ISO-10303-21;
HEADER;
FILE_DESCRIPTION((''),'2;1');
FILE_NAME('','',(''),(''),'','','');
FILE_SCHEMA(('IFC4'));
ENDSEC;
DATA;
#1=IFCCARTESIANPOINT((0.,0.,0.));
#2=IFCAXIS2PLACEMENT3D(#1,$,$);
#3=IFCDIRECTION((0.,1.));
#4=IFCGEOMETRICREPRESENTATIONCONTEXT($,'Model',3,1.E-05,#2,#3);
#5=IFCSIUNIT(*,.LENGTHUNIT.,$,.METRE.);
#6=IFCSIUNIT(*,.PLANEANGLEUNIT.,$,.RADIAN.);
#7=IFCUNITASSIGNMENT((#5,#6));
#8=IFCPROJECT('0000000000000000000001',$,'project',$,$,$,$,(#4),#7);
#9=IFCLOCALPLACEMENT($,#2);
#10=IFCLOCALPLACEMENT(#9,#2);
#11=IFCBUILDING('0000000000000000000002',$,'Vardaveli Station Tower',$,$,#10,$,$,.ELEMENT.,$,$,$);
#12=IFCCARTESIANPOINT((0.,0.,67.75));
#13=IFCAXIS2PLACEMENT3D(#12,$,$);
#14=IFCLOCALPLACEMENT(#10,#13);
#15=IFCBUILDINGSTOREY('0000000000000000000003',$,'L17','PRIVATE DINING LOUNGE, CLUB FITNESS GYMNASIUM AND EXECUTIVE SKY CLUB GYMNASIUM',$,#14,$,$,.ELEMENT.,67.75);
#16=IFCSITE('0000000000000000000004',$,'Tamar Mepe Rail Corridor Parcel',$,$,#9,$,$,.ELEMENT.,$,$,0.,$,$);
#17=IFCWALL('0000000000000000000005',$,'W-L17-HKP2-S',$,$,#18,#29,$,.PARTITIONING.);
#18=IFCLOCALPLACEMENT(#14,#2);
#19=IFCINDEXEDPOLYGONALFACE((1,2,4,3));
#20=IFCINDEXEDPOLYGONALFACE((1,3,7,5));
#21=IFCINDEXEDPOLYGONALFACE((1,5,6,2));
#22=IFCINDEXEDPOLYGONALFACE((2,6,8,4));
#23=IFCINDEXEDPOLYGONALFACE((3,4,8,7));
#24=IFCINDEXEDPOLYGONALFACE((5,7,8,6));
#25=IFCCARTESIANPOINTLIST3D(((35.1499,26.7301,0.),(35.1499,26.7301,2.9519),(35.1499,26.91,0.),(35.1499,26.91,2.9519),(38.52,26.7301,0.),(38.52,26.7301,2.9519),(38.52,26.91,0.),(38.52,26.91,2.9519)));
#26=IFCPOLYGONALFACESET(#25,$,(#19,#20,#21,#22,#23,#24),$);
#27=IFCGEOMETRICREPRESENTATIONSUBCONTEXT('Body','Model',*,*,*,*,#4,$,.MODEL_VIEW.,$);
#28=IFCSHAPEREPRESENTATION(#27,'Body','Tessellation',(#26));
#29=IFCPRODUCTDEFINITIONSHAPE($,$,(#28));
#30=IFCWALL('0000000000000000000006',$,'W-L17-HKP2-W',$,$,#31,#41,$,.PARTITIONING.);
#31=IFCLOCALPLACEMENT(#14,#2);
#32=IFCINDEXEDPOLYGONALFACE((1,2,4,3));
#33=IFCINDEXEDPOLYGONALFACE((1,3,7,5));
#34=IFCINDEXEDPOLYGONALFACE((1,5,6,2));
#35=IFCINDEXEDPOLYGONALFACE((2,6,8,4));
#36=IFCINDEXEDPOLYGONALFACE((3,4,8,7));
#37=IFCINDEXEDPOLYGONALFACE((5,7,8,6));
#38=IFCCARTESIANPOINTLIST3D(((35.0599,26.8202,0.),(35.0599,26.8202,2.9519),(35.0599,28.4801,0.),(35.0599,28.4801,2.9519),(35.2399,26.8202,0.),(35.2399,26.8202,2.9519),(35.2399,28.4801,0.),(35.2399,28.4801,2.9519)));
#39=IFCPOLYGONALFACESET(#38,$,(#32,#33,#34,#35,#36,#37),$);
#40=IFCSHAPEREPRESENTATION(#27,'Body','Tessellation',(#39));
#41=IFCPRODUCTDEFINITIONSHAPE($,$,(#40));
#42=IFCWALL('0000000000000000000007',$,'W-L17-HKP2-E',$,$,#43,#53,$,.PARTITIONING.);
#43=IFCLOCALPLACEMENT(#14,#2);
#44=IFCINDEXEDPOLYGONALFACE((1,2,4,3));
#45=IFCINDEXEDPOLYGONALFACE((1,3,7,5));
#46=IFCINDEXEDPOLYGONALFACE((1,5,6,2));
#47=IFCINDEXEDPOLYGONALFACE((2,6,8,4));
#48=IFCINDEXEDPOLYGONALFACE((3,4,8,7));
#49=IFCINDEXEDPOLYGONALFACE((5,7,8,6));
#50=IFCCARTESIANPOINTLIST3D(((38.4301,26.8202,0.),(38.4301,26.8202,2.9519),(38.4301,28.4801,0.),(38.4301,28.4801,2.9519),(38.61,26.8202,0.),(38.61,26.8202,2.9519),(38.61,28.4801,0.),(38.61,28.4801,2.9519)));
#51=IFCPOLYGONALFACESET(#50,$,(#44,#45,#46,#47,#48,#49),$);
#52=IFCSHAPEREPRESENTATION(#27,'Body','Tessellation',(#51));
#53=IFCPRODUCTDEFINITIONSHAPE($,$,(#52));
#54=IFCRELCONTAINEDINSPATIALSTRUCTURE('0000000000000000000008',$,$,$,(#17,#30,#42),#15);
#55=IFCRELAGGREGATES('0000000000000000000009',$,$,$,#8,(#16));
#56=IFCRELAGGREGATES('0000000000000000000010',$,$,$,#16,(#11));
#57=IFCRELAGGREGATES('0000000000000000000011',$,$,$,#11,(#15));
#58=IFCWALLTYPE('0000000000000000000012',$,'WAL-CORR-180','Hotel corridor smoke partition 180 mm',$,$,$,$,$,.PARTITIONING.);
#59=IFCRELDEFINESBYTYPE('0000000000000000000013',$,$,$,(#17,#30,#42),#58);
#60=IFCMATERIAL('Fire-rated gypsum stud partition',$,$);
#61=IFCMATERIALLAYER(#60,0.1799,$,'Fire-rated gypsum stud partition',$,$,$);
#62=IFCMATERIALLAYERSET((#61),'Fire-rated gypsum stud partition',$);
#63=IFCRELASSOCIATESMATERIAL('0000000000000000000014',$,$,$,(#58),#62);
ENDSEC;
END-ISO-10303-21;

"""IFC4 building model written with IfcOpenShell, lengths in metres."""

from ifc_helpers import new_model, si_unit, direction, frame, frame_2d, origin, place, context, subcontext, project, spatial, rectangle, extrude, source, transform, mapped, material, layer, layer_set, type_object, element, save


model = new_model("IFC4")

# Units and contexts
model_context = context("Model", 3, precision=1e-05, world=origin(), true_north=direction((0.0, 1.0)))
body_context = subcontext(model_context, "Body", "Model", "MODEL_VIEW")
ifc_project = project(units=[si_unit("LENGTHUNIT", "METRE"), si_unit("PLANEANGLEUNIT", "RADIAN")], contexts=[model_context])

# Site, building, storey
site_placement = place(None, origin())
site = spatial("IfcSite", under=ifc_project, at=site_placement, Name="Tamar Mepe Rail Corridor Parcel", CompositionType="ELEMENT", RefElevation=0.0)
building_placement = place(site_placement, origin())
building = spatial("IfcBuilding", under=site, at=building_placement, Name="Vardaveli Station Tower", CompositionType="ELEMENT")
storey_placement = place(building_placement, frame((0.0, 0.0, 67.75)))
storey = spatial("IfcBuildingStorey", under=building, at=storey_placement, Name="L17", Description="PRIVATE DINING LOUNGE, CLUB FITNESS GYMNASIUM AND EXECUTIVE SKY CLUB GYMNASIUM", CompositionType="ELEMENT", Elevation=67.75)

# Walls
ifc_material_1 = material(Name="Fire-rated gypsum stud partition")
ifc_layer_1 = layer(ifc_material_1, 0.1799, Name="Fire-rated gypsum stud partition")
ifc_layer_set_1 = layer_set([ifc_layer_1], Name="Fire-rated gypsum stud partition")
wall_type_1 = type_object("IfcWallType", Name="WAL-CORR-180", Description="Hotel corridor smoke partition 180 mm", PredefinedType="PARTITIONING", material=ifc_layer_set_1)
shared_shape_1 = source(origin(), body_context, "Body", "SweptSolid", [
    extrude(rectangle(XDim=3.3701, YDim=0.1799, at=frame_2d((1.6851, 0.0))), origin(), (0.0, 0.0, 1.0), 2.9519),
])
wall_1_placement = place(storey_placement, frame((35.1499, 26.8201, 0.0), z_axis=(0.0, 0.0, 1.0), x_axis=(1.0, 0.0, 0.0)))
element("IfcWall", 1, at=wall_1_placement, inside=storey, type_object=wall_type_1, Name="W-L17-HKP2-S", PredefinedType="PARTITIONING", context=body_context, shape_type="MappedRepresentation", body=[
    mapped(shared_shape_1, transform((0.0, 0.0, 0.0), scale=1.0)),
])
shared_shape_2 = source(origin(), body_context, "Body", "SweptSolid", [
    extrude(rectangle(XDim=1.6599, YDim=0.1799, at=frame_2d((0.8301, 0.0))), origin(), (0.0, 0.0, 1.0), 2.9519),
])
for number, where, z_axis, x_axis, name in (
    (2, (35.1499, 26.8201, 0.0), (0.0, 0.0, 1.0), (0.0, 1.0, 0.0), "W-L17-HKP2-W"),
    (3, (38.52, 26.8201, 0.0), (0.0, 0.0, 1.0), (0.0, 1.0, 0.0), "W-L17-HKP2-E"),
):
    element("IfcWall", number, at=place(storey_placement, frame(where, z_axis=z_axis, x_axis=x_axis)), inside=storey, type_object=wall_type_1, Name=name, PredefinedType="PARTITIONING", context=body_context, shape_type="MappedRepresentation", body=[
        mapped(shared_shape_2, transform((0.0, 0.0, 0.0), scale=1.0)),
    ])

save(model, "model.ifc")
